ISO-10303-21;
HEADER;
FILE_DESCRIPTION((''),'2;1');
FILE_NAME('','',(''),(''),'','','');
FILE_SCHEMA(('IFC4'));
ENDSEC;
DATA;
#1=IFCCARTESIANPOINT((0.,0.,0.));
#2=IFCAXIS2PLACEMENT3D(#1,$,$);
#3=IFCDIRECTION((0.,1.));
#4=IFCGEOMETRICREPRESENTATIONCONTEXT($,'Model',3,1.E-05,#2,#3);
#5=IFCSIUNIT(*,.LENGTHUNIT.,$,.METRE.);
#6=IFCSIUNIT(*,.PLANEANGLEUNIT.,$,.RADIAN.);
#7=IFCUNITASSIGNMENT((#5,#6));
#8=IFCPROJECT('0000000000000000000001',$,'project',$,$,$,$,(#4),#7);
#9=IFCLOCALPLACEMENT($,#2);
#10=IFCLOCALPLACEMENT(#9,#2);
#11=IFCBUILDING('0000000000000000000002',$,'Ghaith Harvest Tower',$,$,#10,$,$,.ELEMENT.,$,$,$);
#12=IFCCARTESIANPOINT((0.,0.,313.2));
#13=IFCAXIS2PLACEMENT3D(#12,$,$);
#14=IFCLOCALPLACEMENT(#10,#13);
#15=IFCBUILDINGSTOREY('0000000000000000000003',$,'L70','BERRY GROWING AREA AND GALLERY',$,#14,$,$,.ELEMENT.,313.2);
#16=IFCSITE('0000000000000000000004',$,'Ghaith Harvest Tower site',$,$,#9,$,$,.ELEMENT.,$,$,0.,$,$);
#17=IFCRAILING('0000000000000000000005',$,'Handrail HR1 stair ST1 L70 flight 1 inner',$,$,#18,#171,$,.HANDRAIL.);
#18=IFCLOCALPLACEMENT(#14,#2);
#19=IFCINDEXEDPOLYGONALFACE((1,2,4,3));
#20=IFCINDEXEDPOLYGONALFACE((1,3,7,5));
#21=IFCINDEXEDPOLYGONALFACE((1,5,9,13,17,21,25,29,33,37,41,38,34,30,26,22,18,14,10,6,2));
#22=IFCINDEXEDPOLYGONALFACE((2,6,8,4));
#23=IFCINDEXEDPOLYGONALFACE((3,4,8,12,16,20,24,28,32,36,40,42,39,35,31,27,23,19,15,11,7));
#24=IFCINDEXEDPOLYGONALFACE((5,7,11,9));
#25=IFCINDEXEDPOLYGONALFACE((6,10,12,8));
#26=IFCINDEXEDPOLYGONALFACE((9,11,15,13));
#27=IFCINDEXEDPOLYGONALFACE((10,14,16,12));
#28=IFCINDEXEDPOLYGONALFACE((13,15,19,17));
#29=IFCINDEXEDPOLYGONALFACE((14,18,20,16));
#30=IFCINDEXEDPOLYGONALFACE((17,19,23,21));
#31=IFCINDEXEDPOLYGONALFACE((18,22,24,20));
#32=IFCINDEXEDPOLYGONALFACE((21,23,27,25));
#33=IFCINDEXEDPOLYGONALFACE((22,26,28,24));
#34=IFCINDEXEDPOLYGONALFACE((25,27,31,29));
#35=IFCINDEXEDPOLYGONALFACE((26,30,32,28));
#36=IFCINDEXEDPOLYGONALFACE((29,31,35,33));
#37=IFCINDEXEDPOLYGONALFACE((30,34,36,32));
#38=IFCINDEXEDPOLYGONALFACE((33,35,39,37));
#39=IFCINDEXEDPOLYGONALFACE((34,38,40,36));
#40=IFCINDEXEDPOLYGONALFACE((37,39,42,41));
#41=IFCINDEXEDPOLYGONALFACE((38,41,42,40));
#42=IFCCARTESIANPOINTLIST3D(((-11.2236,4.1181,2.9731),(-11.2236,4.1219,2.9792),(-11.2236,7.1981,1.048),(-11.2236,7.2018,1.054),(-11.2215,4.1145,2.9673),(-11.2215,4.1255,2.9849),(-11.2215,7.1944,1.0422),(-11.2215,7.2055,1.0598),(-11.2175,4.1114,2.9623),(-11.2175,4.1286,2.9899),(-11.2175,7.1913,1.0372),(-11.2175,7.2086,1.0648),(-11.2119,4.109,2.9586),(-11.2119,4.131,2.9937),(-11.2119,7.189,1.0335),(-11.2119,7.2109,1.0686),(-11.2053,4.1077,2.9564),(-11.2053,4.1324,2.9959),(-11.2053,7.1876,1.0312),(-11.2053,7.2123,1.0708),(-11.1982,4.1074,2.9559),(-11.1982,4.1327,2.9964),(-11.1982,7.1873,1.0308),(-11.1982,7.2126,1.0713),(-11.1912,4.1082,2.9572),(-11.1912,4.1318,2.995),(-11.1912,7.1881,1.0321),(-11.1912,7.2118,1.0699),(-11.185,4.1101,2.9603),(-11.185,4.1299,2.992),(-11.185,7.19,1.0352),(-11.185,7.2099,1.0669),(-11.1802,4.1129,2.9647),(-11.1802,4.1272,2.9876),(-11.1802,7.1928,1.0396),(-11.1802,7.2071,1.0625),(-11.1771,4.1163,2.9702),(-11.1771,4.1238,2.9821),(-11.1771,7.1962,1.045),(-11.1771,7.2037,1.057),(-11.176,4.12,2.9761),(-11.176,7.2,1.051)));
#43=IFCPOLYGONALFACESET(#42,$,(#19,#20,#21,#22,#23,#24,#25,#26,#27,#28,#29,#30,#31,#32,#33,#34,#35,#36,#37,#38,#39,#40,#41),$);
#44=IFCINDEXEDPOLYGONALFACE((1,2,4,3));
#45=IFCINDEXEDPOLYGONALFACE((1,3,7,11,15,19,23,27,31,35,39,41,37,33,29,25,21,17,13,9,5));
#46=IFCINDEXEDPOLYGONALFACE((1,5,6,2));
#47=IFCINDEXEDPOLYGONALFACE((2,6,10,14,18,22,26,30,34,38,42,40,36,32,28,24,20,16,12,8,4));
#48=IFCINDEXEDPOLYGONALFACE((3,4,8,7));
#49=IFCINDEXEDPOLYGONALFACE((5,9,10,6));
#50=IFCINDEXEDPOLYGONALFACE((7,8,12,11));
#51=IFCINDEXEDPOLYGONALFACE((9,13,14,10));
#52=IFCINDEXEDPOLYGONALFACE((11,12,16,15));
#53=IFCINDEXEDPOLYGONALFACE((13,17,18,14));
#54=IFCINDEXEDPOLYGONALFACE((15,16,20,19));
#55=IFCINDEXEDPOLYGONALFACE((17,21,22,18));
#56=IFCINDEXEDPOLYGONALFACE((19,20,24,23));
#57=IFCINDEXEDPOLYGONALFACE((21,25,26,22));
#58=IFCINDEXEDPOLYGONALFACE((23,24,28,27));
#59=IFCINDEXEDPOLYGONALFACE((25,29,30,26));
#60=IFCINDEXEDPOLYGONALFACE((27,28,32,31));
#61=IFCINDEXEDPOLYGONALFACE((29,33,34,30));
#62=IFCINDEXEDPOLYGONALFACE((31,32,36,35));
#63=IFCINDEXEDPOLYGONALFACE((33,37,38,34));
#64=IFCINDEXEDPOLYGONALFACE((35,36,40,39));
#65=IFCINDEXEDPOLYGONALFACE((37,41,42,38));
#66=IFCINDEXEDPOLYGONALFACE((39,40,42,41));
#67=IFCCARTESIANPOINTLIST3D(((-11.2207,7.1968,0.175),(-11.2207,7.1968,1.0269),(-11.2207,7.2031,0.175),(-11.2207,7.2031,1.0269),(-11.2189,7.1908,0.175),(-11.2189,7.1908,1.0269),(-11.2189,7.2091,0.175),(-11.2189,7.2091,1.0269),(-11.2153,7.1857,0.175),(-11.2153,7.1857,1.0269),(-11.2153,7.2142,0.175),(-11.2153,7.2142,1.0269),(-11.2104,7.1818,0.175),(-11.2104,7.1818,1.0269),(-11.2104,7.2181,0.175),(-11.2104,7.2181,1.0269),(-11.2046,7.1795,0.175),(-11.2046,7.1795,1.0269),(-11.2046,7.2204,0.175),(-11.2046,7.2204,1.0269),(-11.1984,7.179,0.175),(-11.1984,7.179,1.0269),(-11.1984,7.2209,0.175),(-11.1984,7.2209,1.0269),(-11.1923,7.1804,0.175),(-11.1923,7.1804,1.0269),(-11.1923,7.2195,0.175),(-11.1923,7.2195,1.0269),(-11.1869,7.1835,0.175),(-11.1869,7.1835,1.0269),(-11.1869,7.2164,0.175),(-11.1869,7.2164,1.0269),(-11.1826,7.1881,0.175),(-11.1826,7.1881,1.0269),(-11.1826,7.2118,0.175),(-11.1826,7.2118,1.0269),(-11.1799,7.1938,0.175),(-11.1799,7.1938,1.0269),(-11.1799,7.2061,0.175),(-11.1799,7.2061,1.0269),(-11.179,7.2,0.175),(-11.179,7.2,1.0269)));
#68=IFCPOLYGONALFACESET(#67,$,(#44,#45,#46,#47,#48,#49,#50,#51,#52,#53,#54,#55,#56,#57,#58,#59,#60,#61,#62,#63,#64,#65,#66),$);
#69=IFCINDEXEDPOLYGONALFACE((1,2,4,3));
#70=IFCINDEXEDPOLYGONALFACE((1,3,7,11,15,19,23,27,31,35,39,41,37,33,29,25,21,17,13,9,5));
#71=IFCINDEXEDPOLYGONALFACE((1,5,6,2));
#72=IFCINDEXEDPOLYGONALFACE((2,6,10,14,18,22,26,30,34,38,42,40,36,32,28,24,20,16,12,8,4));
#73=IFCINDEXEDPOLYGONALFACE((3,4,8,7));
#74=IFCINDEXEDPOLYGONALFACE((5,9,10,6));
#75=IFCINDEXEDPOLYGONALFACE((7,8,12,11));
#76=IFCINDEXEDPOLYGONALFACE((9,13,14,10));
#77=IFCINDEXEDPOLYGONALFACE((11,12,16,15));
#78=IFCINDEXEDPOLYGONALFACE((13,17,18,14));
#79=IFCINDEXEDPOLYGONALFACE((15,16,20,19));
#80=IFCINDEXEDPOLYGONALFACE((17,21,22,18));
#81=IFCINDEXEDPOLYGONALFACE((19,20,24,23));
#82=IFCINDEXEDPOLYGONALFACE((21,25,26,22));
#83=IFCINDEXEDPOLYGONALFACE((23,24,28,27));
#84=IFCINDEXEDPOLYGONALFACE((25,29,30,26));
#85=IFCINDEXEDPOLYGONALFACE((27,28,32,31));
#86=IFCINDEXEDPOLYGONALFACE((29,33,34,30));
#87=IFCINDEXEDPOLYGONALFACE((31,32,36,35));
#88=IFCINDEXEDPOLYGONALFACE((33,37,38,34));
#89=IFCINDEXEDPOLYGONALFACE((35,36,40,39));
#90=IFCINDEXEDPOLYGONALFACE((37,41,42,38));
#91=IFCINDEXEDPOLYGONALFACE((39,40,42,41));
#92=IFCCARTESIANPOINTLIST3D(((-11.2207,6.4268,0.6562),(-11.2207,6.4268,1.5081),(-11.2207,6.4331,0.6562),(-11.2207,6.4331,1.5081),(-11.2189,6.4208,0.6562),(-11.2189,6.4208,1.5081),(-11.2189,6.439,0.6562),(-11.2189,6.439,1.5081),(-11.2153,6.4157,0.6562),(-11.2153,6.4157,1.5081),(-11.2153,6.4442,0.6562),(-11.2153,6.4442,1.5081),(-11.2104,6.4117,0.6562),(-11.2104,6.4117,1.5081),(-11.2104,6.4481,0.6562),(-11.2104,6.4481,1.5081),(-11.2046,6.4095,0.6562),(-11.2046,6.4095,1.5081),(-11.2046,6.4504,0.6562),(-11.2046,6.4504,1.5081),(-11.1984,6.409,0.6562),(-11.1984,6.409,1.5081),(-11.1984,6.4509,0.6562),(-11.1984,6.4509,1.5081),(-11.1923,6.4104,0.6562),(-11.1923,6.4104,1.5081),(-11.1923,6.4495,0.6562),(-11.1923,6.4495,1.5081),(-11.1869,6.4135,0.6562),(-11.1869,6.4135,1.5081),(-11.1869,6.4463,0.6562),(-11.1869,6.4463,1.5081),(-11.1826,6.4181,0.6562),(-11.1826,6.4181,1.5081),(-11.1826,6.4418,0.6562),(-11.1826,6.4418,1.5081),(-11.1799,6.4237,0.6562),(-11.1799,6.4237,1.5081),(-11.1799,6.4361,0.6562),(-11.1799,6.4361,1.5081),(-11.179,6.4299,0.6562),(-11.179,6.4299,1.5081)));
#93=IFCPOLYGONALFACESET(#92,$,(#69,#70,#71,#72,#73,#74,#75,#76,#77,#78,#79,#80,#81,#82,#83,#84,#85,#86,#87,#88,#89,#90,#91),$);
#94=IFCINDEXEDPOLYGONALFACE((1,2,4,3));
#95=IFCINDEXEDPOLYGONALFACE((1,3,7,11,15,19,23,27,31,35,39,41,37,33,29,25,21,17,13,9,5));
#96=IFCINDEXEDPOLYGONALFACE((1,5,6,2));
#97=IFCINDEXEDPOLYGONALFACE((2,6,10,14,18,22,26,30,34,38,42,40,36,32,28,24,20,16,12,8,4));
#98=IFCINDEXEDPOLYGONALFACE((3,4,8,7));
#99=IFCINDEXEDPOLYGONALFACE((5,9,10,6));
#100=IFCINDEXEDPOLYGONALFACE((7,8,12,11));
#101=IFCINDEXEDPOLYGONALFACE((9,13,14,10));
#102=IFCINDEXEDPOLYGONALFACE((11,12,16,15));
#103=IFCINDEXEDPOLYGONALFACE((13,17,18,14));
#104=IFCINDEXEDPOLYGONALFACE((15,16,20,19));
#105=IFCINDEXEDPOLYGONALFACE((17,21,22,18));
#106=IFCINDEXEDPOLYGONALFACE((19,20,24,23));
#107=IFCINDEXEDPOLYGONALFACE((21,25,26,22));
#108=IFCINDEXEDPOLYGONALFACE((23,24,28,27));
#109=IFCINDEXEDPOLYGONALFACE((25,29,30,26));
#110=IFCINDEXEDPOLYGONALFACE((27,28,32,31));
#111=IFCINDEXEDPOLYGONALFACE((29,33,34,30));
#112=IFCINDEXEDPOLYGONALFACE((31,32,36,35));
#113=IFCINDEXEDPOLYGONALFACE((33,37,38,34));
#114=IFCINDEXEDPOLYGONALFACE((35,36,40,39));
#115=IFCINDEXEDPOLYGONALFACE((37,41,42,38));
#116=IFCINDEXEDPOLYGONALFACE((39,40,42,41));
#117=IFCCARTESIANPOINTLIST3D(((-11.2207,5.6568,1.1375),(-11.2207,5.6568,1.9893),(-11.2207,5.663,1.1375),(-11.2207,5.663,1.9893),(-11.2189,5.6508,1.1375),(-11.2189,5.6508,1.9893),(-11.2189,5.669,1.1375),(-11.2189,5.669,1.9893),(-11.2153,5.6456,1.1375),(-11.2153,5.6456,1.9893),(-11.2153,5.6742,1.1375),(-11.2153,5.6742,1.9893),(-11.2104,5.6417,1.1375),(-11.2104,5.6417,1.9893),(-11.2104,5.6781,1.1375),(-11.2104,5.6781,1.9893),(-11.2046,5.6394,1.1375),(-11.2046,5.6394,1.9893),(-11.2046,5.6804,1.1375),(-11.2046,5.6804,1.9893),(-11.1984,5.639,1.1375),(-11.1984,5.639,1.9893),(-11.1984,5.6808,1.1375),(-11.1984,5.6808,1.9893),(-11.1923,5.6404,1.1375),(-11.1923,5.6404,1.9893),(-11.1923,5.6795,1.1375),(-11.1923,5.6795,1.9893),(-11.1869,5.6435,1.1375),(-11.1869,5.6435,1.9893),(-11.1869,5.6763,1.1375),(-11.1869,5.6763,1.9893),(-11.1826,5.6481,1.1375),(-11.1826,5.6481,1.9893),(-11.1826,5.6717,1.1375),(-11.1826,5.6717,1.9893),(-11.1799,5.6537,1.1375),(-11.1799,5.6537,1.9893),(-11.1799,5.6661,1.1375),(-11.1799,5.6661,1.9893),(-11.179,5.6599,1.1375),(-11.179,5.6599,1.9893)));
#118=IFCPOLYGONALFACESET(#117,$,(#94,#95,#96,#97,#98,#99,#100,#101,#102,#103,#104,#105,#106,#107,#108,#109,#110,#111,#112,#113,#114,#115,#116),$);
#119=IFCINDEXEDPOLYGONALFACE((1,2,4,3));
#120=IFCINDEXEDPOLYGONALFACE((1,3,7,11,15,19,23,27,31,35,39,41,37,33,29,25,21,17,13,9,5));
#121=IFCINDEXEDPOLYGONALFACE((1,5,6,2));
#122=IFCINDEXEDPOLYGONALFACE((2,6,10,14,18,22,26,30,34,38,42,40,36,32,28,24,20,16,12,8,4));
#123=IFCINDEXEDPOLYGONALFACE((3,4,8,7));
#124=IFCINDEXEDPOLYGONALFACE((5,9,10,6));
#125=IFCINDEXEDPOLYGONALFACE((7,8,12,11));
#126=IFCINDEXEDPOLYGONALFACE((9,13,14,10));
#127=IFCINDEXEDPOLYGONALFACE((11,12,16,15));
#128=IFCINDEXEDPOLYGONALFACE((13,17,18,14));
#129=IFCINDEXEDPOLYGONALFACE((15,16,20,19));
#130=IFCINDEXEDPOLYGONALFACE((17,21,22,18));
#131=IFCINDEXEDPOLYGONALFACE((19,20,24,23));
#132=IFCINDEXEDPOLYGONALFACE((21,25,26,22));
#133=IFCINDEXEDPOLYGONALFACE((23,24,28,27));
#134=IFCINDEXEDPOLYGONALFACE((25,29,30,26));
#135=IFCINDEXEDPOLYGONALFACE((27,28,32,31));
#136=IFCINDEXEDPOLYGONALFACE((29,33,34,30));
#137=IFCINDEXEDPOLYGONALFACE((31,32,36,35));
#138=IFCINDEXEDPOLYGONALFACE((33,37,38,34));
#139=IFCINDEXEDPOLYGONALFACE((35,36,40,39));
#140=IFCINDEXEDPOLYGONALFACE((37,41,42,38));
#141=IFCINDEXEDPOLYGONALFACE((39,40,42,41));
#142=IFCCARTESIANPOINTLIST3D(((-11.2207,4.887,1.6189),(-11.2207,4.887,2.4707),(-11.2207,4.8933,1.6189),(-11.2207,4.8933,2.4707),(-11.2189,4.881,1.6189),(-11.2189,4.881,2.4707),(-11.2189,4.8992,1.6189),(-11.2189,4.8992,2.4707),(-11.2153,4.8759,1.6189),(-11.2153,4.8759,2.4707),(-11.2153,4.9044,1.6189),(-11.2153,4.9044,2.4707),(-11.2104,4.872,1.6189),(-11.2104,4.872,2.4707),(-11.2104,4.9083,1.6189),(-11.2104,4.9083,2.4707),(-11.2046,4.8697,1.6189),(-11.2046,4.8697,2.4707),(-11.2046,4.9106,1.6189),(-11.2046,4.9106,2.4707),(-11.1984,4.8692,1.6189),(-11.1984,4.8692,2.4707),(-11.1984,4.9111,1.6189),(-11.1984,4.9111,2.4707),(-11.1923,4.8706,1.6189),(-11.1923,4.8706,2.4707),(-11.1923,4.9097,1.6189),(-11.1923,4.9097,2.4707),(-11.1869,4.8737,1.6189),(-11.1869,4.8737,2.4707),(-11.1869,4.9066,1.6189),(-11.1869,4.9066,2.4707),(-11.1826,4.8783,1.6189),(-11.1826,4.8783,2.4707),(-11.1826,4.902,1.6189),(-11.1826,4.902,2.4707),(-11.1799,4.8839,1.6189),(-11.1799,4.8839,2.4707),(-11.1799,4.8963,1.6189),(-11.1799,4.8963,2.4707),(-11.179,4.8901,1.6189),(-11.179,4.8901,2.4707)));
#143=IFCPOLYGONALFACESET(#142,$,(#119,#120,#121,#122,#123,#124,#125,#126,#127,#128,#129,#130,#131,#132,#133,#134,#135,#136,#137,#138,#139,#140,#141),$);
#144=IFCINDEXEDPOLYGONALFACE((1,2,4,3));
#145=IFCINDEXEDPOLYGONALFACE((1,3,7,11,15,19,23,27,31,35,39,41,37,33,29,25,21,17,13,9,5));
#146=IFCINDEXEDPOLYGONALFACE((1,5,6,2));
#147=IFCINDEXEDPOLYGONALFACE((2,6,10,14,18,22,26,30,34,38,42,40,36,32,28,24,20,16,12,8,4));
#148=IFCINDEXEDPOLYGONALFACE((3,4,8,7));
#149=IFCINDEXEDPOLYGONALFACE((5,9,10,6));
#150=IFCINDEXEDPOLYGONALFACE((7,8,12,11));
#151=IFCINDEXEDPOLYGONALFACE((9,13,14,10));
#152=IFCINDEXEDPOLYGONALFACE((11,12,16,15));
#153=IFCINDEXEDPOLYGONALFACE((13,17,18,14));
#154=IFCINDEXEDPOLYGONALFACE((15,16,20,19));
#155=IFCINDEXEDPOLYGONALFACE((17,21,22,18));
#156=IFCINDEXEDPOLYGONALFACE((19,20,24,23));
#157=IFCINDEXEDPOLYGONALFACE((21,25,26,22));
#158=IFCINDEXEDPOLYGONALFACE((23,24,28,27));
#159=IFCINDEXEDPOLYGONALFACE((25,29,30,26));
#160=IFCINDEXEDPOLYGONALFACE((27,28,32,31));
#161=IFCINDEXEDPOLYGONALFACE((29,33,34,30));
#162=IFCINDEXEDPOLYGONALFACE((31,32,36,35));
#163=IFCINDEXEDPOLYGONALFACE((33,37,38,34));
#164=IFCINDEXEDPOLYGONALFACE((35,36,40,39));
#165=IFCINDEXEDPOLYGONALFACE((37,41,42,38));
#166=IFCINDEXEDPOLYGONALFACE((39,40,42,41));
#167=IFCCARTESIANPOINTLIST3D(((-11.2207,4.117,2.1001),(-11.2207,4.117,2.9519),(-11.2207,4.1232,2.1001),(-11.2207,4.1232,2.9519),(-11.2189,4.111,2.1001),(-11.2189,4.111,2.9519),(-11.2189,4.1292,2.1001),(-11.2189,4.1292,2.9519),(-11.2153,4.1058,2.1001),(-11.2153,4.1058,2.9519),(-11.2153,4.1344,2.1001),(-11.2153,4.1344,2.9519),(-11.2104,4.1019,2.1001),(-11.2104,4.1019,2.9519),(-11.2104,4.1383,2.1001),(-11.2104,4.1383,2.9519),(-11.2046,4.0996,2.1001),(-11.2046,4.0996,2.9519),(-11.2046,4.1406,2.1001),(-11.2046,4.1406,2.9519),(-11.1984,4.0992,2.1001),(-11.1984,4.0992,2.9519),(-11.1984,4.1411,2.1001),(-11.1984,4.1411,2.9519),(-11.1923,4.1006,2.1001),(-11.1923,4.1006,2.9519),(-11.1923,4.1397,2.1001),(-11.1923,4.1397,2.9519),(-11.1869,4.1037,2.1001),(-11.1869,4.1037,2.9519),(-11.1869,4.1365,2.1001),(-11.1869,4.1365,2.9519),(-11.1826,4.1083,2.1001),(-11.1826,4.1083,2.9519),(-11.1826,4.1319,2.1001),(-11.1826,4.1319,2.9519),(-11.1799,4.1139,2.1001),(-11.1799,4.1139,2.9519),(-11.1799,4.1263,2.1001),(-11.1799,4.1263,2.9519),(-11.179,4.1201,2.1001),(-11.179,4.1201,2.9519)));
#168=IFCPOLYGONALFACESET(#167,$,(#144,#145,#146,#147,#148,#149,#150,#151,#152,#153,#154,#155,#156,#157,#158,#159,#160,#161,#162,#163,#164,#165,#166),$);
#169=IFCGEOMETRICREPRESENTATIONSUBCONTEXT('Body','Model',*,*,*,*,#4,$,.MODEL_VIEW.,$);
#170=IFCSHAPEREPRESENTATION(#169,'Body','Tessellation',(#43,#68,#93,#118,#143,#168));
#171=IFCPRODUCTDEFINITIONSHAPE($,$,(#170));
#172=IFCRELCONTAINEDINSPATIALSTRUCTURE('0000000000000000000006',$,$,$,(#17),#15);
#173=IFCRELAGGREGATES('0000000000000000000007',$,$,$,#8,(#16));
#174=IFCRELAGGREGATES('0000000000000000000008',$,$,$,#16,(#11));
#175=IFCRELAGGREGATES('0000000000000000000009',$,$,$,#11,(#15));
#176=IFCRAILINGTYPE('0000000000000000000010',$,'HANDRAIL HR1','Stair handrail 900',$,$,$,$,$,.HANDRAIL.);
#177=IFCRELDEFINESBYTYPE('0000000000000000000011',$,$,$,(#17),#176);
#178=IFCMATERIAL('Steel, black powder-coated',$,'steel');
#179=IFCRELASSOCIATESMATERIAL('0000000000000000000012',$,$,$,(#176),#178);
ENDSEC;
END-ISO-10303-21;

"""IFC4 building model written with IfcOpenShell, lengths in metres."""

from ifc_helpers import new_model, si_unit, direction, frame, origin, origin_2d, place, context, subcontext, project, spatial, circle, extrude, material, type_object, element, save


model = new_model("IFC4")

# Units and contexts
model_context = context("Model", 3, precision=1e-05, world=origin(), true_north=direction((0.0, 1.0)))
body_context = subcontext(model_context, "Body", "Model", "MODEL_VIEW")
ifc_project = project(units=[si_unit("LENGTHUNIT", "METRE"), si_unit("PLANEANGLEUNIT", "RADIAN")], contexts=[model_context])

# Site, building, storey
site_placement = place(None, origin())
site = spatial("IfcSite", under=ifc_project, at=site_placement, Name="Ghaith Harvest Tower site", CompositionType="ELEMENT", RefElevation=0.0)
building_placement = place(site_placement, origin())
building = spatial("IfcBuilding", under=site, at=building_placement, Name="Ghaith Harvest Tower", CompositionType="ELEMENT")
storey_placement = place(building_placement, frame((0.0, 0.0, 313.2)))
storey = spatial("IfcBuildingStorey", under=building, at=storey_placement, Name="L70", Description="BERRY GROWING AREA AND GALLERY", CompositionType="ELEMENT", Elevation=313.2)

# Railing
ifc_material_1 = material(Name="Steel, black powder-coated", Category="steel")
railing_type = type_object("IfcRailingType", Name="HANDRAIL HR1", Description="Stair handrail 900", PredefinedType="HANDRAIL", material=ifc_material_1)
railing_1_placement = place(storey_placement, frame((-11.2, 7.2, 0.175)))
element("IfcRailing", 1, at=railing_1_placement, inside=storey, type_object=railing_type, Name="Handrail HR1 stair ST1 L70 flight 1 inner", PredefinedType="HANDRAIL", context=body_context, shape_type="SweptSolid", body=[
    extrude(circle(Radius=0.0239, at=origin_2d()), frame((0.0, 0.0, 0.876), z_axis=(0.0, -0.847979, 0.530029), x_axis=(1.0, 0.0, 0.0)), (0.0, 0.0, 1.0), 3.6321),
    extrude(circle(Radius=0.021, at=origin_2d()), origin(), (0.0, 0.0, 1.0), 0.8518),
    extrude(circle(Radius=0.021, at=origin_2d()), frame((0.0, -0.77, 0.4812)), (0.0, 0.0, 1.0), 0.8518),
    extrude(circle(Radius=0.021, at=origin_2d()), frame((0.0, -1.54, 0.9624)), (0.0, 0.0, 1.0), 0.8518),
    extrude(circle(Radius=0.021, at=origin_2d()), frame((0.0, -2.3098, 1.4438)), (0.0, 0.0, 1.0), 0.8518),
    extrude(circle(Radius=0.021, at=origin_2d()), frame((0.0, -3.0798, 1.925)), (0.0, 0.0, 1.0), 0.8518),
])

save(model, "model.ifc")
